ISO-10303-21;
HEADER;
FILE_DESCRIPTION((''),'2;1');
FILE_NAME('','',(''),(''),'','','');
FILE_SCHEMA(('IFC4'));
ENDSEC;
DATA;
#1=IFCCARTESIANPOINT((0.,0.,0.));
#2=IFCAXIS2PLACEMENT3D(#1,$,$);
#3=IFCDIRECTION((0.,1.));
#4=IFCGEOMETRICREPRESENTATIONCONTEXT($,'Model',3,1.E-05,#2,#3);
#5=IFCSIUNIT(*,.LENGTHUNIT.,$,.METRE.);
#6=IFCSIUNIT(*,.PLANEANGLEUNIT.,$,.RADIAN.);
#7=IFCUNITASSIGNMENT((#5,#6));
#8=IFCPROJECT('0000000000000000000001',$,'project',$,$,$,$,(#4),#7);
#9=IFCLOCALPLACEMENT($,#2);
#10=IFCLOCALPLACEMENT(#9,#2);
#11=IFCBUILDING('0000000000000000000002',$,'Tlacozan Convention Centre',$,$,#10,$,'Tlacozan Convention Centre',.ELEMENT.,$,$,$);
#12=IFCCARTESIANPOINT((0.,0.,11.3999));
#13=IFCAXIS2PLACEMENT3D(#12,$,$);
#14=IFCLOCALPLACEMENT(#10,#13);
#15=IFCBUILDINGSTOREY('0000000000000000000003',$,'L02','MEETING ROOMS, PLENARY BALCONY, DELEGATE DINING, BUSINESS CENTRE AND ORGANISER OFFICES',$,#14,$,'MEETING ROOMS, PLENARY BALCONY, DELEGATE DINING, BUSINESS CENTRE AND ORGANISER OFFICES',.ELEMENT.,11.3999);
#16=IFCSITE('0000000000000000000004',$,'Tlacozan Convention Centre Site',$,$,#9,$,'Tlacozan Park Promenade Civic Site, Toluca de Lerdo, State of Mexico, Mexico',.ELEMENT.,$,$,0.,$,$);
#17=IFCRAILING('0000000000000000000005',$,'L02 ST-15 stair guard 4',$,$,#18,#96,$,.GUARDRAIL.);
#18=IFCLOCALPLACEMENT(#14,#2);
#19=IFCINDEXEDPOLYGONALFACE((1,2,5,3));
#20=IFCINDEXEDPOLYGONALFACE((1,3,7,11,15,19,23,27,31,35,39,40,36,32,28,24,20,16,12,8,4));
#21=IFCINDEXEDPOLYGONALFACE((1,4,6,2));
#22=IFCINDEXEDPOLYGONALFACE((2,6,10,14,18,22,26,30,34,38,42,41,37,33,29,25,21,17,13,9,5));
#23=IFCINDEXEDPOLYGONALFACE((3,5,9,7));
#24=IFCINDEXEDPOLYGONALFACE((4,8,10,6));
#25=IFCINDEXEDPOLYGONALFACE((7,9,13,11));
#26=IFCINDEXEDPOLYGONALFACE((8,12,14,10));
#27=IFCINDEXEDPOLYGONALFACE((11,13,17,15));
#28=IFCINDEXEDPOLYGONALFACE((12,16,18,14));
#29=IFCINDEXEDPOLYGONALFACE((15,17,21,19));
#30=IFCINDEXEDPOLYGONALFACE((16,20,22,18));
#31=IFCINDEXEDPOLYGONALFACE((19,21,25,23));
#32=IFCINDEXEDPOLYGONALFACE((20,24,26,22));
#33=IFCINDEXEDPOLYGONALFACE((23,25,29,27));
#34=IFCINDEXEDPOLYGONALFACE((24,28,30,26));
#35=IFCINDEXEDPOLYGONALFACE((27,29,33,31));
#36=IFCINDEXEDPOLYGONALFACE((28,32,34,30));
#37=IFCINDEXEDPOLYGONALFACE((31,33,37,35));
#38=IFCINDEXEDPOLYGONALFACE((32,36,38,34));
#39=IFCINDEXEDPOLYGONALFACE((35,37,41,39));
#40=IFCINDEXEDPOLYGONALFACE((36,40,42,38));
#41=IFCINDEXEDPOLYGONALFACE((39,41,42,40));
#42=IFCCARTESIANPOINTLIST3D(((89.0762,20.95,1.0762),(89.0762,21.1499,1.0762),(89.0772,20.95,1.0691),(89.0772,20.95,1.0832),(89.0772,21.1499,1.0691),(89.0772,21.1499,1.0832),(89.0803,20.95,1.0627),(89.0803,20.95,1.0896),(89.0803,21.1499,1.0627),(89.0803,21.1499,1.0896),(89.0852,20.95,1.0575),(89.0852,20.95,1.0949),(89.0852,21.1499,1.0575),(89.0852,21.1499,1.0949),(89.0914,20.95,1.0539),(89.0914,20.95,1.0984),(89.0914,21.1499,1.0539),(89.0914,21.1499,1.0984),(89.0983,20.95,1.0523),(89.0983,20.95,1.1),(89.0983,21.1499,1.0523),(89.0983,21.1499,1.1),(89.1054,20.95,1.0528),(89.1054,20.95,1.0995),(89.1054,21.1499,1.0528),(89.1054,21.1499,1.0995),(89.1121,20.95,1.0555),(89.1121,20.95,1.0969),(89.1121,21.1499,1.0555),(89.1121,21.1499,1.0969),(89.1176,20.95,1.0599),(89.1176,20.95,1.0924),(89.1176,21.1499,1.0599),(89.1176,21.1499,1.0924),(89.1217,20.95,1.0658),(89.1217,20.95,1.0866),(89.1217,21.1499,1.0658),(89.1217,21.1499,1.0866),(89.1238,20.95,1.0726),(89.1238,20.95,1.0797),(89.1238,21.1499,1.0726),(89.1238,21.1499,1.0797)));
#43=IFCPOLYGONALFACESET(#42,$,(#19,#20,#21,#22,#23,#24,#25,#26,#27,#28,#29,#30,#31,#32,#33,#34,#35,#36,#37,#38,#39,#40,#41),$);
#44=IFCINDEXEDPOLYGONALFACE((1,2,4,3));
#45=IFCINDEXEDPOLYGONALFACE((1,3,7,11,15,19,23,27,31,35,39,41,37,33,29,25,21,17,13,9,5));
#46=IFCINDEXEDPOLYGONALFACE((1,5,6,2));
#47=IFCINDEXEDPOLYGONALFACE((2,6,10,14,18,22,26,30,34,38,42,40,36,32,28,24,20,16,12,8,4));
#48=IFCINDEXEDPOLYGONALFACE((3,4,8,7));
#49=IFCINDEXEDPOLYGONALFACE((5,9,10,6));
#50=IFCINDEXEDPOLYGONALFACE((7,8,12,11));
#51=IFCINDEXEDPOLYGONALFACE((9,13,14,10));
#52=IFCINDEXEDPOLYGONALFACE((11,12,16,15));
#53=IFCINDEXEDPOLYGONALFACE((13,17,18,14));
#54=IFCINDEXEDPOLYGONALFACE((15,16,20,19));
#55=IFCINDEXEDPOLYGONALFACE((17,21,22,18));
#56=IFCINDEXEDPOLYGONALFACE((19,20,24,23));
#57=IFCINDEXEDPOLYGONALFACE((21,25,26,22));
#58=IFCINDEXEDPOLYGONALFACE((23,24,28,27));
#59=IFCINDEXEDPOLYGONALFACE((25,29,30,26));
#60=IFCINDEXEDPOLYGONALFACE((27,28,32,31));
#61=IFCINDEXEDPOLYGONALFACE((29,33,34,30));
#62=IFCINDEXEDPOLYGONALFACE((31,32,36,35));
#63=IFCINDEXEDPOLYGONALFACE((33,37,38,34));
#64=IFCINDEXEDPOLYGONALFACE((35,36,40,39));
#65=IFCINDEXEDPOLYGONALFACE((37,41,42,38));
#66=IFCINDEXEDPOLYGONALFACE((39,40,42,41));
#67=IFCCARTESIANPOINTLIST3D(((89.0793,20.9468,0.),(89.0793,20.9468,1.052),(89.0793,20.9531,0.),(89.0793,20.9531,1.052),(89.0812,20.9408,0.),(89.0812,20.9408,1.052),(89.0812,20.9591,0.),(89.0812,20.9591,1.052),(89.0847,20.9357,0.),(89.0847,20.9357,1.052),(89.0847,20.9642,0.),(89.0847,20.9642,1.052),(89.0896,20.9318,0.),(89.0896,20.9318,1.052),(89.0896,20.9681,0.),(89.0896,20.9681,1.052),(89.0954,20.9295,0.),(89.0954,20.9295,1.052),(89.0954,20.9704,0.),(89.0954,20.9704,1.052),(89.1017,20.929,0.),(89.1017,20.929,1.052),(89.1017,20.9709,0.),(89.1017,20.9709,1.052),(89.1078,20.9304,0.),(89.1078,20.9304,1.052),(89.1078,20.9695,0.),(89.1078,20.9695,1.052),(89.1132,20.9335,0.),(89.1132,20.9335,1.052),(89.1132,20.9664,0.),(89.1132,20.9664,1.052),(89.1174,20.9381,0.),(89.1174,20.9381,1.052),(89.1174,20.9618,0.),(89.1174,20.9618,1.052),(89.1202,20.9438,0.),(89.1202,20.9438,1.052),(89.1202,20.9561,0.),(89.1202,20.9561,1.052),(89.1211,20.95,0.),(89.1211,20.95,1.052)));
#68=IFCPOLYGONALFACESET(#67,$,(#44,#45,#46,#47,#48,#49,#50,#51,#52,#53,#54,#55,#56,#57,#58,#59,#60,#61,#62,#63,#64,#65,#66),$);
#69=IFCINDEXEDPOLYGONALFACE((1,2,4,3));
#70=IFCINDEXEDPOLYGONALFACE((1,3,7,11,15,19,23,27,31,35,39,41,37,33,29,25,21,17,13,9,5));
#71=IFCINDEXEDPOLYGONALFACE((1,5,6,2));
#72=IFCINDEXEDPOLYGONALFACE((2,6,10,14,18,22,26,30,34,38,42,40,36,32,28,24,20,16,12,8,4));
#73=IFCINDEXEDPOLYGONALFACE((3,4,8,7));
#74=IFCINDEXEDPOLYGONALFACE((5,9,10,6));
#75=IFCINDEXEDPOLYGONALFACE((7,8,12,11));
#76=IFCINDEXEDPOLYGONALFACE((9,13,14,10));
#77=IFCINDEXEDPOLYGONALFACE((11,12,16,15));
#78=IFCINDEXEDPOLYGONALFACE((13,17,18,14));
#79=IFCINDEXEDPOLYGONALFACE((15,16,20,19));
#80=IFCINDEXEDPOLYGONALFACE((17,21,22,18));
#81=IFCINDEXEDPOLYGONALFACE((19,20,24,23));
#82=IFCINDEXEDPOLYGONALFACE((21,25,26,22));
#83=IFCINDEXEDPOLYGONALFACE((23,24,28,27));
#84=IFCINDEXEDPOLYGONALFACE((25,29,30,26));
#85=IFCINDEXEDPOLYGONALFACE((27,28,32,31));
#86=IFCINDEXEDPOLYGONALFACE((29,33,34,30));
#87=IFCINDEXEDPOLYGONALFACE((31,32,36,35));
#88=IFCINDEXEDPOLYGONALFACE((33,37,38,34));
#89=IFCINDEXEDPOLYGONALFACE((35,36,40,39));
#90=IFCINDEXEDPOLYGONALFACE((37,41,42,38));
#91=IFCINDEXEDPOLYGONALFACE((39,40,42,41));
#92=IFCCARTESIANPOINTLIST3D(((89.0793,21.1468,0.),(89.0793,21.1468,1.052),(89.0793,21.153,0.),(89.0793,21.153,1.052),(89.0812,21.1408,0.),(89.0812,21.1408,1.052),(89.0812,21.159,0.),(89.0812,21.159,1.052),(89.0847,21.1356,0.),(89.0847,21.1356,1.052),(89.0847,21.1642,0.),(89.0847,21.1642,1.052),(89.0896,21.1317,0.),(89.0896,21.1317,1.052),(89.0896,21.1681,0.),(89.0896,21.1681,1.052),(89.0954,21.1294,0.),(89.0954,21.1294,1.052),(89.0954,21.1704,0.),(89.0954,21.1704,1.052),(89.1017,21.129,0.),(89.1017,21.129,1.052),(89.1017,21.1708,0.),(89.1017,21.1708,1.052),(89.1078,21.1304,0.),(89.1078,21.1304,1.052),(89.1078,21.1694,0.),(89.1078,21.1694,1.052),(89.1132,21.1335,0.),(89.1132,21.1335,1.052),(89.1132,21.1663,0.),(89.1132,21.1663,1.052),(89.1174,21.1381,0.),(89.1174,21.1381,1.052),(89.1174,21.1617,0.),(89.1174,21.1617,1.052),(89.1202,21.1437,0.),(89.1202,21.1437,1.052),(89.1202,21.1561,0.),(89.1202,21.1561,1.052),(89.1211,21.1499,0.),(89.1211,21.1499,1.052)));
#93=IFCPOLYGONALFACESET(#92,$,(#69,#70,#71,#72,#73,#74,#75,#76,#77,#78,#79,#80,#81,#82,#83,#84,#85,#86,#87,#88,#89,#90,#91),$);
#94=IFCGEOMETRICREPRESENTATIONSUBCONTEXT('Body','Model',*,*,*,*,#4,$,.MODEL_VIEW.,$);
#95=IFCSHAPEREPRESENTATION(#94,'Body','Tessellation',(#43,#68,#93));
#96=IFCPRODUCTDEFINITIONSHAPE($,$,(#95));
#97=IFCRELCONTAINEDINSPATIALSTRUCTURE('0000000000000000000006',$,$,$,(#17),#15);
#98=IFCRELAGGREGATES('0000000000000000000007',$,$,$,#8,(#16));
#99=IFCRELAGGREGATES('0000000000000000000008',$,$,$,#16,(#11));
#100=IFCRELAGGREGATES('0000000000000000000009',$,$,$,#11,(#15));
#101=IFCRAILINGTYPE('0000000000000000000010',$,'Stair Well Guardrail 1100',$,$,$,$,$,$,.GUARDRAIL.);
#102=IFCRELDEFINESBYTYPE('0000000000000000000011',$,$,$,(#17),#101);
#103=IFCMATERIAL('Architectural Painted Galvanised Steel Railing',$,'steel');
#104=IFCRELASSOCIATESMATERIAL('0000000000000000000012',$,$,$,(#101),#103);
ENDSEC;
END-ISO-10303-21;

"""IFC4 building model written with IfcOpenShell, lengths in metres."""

from ifc_helpers import new_model, si_unit, direction, frame, origin, origin_2d, place, context, subcontext, project, spatial, circle, extrude, material, type_object, element, save


model = new_model("IFC4")

# Units and contexts
model_context = context("Model", 3, precision=1e-05, world=origin(), true_north=direction((0.0, 1.0)))
body_context = subcontext(model_context, "Body", "Model", "MODEL_VIEW")
ifc_project = project(units=[si_unit("LENGTHUNIT", "METRE"), si_unit("PLANEANGLEUNIT", "RADIAN")], contexts=[model_context])

# Site, building, storey
site_placement = place(None, origin())
site = spatial("IfcSite", under=ifc_project, at=site_placement, Name="Tlacozan Convention Centre Site", LongName="Tlacozan Park Promenade Civic Site, Toluca de Lerdo, State of Mexico, Mexico", CompositionType="ELEMENT", RefElevation=0.0)
building_placement = place(site_placement, origin())
building = spatial("IfcBuilding", under=site, at=building_placement, Name="Tlacozan Convention Centre", LongName="Tlacozan Convention Centre", CompositionType="ELEMENT")
storey_placement = place(building_placement, frame((0.0, 0.0, 11.3999)))
storey = spatial("IfcBuildingStorey", under=building, at=storey_placement, Name="L02", Description="MEETING ROOMS, PLENARY BALCONY, DELEGATE DINING, BUSINESS CENTRE AND ORGANISER OFFICES", LongName="MEETING ROOMS, PLENARY BALCONY, DELEGATE DINING, BUSINESS CENTRE AND ORGANISER OFFICES", CompositionType="ELEMENT", Elevation=11.3999)

# Railing
ifc_material_1 = material(Name="Architectural Painted Galvanised Steel Railing", Category="steel")
railing_type_1 = type_object("IfcRailingType", Name="Stair Well Guardrail 1100", PredefinedType="GUARDRAIL", material=ifc_material_1)
railing_1_placement = place(storey_placement, frame((89.1001, 20.95, 0.0)))
element("IfcRailing", 1, at=railing_1_placement, inside=storey, type_object=railing_type_1, Name="L02 ST-15 stair guard 4", PredefinedType="GUARDRAIL", context=body_context, shape_type="SweptSolid", body=[
    extrude(circle(Radius=0.0239, at=origin_2d()), frame((0.0, 0.0, 1.0762), z_axis=(0.0, 1.0, 0.0), x_axis=(-1.0, 0.0, 0.0)), (0.0, 0.0, 1.0), 0.2),
    extrude(circle(Radius=0.021, at=origin_2d()), origin(), (0.0, 0.0, 1.0), 1.052),
    extrude(circle(Radius=0.021, at=origin_2d()), frame((0.0, 0.2, 0.0)), (0.0, 0.0, 1.0), 1.052),
])

save(model, "model.ifc")
